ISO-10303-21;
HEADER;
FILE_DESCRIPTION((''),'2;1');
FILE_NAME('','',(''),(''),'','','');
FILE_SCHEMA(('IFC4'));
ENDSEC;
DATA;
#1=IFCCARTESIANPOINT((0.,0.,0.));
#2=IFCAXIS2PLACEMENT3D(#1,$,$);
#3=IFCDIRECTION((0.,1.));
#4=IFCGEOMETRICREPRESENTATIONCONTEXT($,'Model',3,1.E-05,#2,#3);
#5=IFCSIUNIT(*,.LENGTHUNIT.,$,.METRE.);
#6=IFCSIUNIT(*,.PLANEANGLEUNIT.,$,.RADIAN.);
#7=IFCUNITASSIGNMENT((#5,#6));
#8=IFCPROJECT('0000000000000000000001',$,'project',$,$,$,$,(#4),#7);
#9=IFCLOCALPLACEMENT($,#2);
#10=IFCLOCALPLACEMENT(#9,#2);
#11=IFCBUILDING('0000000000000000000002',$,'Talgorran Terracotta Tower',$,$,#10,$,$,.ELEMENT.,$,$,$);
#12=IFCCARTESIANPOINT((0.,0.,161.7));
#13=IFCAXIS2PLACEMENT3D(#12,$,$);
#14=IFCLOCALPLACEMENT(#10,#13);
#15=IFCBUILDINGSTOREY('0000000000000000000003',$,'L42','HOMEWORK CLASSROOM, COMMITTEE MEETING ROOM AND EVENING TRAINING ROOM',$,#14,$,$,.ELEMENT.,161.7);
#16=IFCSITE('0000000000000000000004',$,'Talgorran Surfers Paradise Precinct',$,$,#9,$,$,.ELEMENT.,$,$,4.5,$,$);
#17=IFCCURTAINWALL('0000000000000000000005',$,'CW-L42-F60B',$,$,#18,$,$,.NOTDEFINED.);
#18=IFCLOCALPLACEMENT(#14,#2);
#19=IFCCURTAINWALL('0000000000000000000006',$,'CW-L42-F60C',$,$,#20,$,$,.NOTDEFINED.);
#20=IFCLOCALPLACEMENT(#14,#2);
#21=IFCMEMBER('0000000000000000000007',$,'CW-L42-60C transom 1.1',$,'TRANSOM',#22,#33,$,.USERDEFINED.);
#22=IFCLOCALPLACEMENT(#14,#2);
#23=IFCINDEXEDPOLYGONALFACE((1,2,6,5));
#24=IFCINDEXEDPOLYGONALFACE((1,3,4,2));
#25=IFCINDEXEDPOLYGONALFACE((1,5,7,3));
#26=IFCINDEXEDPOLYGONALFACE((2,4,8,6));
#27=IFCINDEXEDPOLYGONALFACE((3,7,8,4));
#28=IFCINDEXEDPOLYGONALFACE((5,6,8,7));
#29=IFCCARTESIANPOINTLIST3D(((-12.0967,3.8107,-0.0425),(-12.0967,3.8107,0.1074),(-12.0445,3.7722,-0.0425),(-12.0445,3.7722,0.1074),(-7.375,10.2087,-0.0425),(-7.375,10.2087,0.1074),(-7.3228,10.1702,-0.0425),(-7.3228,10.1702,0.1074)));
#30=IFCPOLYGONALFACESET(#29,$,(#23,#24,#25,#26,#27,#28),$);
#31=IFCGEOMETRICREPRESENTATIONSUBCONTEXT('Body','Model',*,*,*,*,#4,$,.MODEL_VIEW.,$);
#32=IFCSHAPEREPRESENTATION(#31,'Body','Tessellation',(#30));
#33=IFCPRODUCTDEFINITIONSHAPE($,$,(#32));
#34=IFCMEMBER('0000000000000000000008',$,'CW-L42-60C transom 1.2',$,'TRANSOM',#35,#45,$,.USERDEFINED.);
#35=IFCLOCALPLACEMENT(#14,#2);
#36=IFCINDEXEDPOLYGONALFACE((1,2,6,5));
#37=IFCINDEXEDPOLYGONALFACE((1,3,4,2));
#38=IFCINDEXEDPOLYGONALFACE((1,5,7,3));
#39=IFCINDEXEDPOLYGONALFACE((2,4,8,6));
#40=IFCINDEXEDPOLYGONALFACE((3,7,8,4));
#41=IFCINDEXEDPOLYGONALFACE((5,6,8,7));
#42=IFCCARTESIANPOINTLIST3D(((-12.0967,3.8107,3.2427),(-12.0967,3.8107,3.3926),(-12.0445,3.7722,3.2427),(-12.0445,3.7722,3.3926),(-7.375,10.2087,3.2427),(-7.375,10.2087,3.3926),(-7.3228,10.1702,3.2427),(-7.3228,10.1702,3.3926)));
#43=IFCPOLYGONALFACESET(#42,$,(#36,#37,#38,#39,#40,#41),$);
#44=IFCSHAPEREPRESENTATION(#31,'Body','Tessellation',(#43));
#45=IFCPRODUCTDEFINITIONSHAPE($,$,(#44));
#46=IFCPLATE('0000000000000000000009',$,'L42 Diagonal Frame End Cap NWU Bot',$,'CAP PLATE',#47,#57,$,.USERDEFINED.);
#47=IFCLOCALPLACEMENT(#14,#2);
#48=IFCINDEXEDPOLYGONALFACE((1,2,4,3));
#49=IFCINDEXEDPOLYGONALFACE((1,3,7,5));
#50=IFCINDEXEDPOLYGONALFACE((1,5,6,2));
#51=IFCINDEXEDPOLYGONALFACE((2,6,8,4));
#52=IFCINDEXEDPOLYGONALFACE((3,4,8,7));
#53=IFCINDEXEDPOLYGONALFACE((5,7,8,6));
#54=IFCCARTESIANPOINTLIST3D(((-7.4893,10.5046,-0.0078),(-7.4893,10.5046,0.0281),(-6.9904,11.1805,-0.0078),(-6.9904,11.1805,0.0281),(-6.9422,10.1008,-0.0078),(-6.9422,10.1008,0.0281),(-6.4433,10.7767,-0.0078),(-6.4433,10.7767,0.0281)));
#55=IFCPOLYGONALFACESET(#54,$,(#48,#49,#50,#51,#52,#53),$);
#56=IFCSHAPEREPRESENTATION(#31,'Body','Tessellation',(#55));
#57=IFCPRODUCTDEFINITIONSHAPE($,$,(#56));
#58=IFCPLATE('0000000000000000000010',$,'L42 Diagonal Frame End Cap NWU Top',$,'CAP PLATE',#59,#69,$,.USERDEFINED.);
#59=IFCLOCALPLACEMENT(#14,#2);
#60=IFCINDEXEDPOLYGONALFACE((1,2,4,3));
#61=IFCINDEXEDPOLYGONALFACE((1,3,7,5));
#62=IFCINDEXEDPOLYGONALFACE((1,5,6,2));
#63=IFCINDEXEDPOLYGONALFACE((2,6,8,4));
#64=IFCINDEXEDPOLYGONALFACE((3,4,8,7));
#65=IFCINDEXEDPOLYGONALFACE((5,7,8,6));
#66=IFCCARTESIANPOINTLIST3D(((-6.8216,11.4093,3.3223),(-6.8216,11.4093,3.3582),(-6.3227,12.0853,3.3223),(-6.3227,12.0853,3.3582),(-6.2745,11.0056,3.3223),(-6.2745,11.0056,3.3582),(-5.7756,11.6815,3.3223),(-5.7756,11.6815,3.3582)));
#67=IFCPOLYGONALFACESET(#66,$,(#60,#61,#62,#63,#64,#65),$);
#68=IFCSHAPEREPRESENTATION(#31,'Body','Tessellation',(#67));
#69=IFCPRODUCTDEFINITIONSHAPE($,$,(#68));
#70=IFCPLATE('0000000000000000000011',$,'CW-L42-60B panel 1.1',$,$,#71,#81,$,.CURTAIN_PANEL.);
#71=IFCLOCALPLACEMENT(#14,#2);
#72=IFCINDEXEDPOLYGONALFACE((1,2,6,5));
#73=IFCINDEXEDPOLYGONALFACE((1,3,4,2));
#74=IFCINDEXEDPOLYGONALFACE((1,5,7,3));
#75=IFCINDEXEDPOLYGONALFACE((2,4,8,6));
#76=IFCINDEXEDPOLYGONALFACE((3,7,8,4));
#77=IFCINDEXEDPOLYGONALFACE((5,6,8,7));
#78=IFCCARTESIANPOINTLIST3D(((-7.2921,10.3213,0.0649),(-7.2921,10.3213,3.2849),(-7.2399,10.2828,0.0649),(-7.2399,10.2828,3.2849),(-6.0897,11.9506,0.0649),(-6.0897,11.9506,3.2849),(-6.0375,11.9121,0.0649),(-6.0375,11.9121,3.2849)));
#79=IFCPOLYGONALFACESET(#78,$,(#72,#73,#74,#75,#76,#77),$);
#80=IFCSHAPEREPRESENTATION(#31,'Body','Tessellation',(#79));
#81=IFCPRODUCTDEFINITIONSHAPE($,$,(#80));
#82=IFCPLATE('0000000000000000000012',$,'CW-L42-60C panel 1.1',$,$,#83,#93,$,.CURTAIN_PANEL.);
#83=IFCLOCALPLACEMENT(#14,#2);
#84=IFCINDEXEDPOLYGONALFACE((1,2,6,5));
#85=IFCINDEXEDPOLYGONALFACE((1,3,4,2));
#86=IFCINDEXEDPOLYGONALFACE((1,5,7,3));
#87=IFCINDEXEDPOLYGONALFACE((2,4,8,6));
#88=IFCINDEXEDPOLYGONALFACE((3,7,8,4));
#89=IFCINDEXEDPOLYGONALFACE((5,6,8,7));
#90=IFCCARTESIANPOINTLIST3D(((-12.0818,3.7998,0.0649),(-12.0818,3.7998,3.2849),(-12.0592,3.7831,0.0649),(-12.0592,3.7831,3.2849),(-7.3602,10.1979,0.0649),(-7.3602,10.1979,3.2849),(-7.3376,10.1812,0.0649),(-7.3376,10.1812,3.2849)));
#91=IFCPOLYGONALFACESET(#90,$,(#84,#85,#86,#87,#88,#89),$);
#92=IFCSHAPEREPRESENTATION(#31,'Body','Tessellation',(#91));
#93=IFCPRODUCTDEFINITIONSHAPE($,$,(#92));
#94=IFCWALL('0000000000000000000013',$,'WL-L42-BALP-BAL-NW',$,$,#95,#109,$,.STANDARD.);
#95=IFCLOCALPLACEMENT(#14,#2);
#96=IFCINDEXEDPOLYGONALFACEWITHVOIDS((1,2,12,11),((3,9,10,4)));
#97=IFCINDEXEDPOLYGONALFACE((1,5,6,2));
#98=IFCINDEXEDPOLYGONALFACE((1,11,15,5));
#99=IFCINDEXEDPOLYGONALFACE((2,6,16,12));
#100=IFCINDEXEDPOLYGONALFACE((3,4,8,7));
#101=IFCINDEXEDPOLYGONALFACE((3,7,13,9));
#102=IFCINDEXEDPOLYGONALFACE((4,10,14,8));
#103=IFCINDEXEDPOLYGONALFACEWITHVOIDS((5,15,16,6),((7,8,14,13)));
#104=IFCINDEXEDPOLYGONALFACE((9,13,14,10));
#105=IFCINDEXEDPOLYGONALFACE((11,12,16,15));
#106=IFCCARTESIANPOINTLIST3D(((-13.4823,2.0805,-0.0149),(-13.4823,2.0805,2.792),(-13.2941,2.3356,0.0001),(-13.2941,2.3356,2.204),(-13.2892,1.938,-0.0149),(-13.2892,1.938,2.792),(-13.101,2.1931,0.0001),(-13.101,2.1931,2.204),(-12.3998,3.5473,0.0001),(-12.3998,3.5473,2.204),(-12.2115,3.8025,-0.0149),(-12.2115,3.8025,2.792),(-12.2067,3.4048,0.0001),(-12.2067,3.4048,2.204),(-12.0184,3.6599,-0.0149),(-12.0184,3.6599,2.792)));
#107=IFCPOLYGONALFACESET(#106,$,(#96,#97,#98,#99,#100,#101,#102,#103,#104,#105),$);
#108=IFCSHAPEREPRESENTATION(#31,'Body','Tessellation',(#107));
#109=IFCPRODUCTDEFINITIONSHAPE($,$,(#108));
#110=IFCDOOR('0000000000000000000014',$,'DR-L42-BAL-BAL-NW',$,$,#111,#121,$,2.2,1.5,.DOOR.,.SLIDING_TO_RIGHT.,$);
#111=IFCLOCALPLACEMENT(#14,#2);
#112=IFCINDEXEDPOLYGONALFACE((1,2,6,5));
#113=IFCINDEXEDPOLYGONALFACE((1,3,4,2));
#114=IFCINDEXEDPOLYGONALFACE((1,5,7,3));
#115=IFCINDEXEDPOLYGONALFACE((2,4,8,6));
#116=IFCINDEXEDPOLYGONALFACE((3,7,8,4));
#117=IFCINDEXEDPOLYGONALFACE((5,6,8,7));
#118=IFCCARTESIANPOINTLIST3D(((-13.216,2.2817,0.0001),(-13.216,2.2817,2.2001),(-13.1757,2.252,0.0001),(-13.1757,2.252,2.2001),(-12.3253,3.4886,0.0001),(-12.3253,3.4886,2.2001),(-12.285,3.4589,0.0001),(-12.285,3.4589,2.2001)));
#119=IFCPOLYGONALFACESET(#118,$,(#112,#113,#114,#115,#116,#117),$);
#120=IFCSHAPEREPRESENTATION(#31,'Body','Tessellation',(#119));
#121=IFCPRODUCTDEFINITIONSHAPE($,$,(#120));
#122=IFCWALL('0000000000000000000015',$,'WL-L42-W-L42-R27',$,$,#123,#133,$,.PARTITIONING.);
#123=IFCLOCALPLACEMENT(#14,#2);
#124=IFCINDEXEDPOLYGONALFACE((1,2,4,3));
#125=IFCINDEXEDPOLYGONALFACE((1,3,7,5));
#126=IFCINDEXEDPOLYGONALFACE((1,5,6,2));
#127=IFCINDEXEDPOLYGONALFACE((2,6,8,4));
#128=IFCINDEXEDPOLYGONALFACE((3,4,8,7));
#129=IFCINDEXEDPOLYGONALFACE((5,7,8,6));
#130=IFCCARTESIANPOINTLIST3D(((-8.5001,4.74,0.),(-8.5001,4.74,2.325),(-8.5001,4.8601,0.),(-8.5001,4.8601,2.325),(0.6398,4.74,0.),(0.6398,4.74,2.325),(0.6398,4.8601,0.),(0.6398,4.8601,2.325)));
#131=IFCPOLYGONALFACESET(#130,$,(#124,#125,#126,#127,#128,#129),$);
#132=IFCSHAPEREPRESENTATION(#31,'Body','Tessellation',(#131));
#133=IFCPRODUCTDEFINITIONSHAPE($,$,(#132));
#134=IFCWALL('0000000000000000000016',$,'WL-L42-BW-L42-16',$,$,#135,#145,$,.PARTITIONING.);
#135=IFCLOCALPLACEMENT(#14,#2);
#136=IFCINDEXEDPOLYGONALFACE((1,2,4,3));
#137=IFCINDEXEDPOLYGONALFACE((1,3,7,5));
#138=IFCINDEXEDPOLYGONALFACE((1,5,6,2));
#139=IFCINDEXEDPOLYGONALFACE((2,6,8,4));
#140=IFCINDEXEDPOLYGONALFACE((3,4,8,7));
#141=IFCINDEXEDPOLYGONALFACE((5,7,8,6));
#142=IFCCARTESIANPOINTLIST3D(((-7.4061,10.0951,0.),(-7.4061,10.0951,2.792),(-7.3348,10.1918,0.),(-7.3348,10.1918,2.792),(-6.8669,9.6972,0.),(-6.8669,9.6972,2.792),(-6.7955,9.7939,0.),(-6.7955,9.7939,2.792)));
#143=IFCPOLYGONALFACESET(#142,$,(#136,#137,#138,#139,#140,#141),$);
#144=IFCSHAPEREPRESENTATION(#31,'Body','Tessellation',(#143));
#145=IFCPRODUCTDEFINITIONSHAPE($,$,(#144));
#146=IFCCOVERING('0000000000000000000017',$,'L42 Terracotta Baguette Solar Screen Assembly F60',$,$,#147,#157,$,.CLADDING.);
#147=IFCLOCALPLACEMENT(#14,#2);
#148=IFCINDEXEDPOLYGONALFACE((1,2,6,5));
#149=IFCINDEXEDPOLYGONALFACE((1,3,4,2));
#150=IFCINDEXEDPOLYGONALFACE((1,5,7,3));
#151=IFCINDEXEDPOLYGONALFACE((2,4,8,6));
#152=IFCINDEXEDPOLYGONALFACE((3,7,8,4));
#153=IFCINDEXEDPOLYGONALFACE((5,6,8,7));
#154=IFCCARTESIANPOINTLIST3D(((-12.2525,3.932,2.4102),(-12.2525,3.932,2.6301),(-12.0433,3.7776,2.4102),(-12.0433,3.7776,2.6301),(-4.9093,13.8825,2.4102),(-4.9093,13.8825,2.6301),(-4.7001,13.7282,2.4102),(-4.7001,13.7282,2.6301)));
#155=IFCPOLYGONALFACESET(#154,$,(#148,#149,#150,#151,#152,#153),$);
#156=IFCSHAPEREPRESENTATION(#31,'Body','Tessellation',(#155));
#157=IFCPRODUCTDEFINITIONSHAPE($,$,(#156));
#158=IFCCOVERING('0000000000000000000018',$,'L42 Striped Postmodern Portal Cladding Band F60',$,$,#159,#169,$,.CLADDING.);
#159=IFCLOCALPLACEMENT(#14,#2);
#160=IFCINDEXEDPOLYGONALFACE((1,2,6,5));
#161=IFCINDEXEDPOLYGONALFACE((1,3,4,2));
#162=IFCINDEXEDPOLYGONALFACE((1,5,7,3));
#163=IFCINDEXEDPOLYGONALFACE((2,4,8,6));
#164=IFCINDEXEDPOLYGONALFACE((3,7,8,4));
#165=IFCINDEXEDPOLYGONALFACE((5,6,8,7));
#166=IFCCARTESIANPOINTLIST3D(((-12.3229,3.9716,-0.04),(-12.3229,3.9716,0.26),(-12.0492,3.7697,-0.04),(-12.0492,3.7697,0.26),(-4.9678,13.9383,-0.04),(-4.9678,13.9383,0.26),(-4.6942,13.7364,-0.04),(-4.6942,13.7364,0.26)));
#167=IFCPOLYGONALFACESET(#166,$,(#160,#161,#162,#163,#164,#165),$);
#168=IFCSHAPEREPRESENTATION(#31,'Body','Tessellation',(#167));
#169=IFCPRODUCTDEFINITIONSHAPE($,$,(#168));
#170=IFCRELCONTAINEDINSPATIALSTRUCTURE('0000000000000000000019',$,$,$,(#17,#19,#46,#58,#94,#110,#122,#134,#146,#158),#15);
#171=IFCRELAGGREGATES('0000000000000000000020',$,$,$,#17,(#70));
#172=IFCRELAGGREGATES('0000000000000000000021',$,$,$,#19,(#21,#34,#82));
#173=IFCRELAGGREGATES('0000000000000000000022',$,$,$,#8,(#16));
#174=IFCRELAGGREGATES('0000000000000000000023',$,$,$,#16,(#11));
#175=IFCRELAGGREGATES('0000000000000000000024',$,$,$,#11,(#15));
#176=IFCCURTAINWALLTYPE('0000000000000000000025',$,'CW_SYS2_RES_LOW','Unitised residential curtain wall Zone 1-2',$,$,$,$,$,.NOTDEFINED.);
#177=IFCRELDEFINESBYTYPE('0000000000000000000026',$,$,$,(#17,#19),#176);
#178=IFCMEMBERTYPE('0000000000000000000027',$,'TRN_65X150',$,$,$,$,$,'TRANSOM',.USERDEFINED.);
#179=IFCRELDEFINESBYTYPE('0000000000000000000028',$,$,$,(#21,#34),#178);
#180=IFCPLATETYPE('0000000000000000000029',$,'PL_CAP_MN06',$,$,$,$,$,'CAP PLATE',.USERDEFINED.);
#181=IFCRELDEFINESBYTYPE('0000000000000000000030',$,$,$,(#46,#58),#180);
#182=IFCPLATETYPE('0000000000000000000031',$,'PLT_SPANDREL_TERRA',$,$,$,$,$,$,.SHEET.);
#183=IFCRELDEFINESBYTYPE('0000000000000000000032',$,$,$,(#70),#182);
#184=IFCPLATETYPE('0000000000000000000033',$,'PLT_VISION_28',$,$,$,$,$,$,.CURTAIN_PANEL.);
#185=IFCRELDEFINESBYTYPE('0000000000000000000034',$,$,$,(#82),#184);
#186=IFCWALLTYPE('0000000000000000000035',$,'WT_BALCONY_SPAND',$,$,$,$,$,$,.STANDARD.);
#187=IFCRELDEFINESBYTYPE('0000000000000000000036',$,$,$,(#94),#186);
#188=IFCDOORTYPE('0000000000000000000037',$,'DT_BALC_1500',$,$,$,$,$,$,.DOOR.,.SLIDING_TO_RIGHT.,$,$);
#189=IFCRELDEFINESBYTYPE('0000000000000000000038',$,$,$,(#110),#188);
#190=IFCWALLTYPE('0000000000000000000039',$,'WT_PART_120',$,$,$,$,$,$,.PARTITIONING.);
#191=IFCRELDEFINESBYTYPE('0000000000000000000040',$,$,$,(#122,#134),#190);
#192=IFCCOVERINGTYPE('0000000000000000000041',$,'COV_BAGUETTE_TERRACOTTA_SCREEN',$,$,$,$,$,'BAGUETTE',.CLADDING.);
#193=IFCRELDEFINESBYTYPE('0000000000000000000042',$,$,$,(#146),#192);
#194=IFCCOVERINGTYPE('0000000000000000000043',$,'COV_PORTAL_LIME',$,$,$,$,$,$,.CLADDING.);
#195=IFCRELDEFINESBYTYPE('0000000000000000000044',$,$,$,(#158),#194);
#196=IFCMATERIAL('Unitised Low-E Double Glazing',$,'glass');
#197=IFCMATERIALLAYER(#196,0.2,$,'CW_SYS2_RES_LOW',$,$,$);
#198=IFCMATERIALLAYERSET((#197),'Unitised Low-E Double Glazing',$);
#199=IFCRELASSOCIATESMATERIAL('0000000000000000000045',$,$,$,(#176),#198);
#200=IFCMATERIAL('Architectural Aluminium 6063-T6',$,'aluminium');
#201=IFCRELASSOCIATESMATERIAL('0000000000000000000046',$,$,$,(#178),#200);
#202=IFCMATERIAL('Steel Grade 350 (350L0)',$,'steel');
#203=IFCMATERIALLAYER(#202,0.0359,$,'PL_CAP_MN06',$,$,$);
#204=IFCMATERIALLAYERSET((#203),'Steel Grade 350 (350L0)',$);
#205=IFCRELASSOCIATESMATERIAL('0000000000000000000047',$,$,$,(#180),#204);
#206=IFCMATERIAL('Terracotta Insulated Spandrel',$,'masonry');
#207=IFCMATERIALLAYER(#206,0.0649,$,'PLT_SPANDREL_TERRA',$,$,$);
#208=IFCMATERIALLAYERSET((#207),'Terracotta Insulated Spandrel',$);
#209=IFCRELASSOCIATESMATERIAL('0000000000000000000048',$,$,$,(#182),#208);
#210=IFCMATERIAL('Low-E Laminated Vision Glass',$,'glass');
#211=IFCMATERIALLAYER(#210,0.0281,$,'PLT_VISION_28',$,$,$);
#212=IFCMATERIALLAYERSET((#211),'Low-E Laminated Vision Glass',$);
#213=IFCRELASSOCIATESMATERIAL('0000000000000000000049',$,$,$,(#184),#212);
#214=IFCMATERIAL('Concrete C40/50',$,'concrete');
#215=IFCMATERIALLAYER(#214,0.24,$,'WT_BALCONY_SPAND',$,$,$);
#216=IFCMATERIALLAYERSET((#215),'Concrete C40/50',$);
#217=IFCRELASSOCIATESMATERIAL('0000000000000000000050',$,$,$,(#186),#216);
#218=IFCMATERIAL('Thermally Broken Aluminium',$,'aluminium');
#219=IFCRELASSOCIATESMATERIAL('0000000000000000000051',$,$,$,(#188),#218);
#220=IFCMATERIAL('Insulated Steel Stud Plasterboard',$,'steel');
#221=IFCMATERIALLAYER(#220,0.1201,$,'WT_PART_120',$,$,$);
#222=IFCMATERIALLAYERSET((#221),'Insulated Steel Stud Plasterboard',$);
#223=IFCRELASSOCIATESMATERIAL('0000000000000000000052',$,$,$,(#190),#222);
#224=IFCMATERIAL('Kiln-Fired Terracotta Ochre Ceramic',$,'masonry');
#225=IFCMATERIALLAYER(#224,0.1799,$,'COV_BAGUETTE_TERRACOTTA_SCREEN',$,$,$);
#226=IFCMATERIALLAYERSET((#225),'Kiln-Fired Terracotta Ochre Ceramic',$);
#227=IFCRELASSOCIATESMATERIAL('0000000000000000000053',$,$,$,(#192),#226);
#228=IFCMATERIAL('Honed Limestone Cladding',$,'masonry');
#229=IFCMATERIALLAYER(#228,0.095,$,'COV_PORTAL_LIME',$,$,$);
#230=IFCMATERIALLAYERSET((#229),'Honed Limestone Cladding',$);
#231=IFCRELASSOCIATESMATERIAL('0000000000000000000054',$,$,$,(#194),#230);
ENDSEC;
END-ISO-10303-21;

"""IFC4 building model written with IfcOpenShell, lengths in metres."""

from ifc_helpers import new_model, si_unit, direction, frame, frame_2d, origin, origin_2d, place, context, subcontext, project, spatial, rectangle, extrude, source, transform, mapped, material, layer, layer_set, material_profile, profile_set, type_object, type_shapes, element, fill, aggregate, save


model = new_model("IFC4")

# Units and contexts
model_context = context("Model", 3, precision=1e-05, world=origin(), true_north=direction((0.0, 1.0)))
body_context = subcontext(model_context, "Body", "Model", "MODEL_VIEW")
ifc_project = project(units=[si_unit("LENGTHUNIT", "METRE"), si_unit("PLANEANGLEUNIT", "RADIAN")], contexts=[model_context])

# Site, building, storey
site_placement = place(None, origin())
site = spatial("IfcSite", under=ifc_project, at=site_placement, Name="Talgorran Surfers Paradise Precinct", CompositionType="ELEMENT", RefElevation=4.5)
building_placement = place(site_placement, origin())
building = spatial("IfcBuilding", under=site, at=building_placement, Name="Talgorran Terracotta Tower", CompositionType="ELEMENT")
storey_placement = place(building_placement, frame((0.0, 0.0, 161.7)))
storey = spatial("IfcBuildingStorey", under=building, at=storey_placement, Name="L42", Description="HOMEWORK CLASSROOM, COMMITTEE MEETING ROOM AND EVENING TRAINING ROOM", CompositionType="ELEMENT", Elevation=161.7)

# Shared definitions
ifc_material_1 = material(Name="Steel Grade 350 (350L0)", Category="steel")

# Curtain wall
ifc_material_2 = material(Name="Unitised Low-E Double Glazing", Category="glass")
ifc_layer_1 = layer(ifc_material_2, 0.2, Name="CW_SYS2_RES_LOW")
ifc_layer_set_1 = layer_set([ifc_layer_1], Name="Unitised Low-E Double Glazing")
curtain_wall_type = type_object("IfcCurtainWallType", Name="CW_SYS2_RES_LOW", Description="Unitised residential curtain wall Zone 1-2", PredefinedType="NOTDEFINED", material=ifc_layer_set_1)
curtain_wall_1_placement = place(storey_placement, origin())
curtain_wall_1 = element("IfcCurtainWall", 1, at=curtain_wall_1_placement, inside=storey, type_object=curtain_wall_type, Name="CW-L42-F60B", PredefinedType="NOTDEFINED")
ifc_material_3 = material(Name="Architectural Aluminium 6063-T6", Category="aluminium")

# Curtain wall
curtain_wall_2_placement = place(storey_placement, origin())
curtain_wall_2 = element("IfcCurtainWall", 2, at=curtain_wall_2_placement, inside=storey, type_object=curtain_wall_type, Name="CW-L42-F60C", PredefinedType="NOTDEFINED")

# Members
ifc_material_profile_1 = material_profile(ifc_material_3, rectangle(XDim=0.0649, YDim=0.1499, at=origin_2d()), Name="CWT65X150")
ifc_profile_set_1 = profile_set([ifc_material_profile_1], Name="Architectural Aluminium 6063-T6")
member_type_1 = type_object("IfcMemberType", Name="TRN_65X150", ElementType="TRANSOM", PredefinedType="USERDEFINED", material=ifc_profile_set_1)
member_1_placement = place(storey_placement, frame((-7.3489, 10.1895, 0.0325), z_axis=(-0.593802, -0.804611, 0.0), x_axis=(0.804611, -0.593802, 0.0)))
member_1 = element("IfcMember", 3, at=member_1_placement, type_object=member_type_1, Name="CW-L42-60C transom 1.1", ObjectType="TRANSOM", PredefinedType="USERDEFINED", context=body_context, shape_type="SweptSolid", body=[
    extrude(rectangle(XDim=0.0649, YDim=0.1499, at=origin_2d()), origin(), (0.0, 0.0, 1.0), 7.9517),
])
member_2_placement = place(storey_placement, frame((-7.3489, 10.1895, 3.3176), z_axis=(-0.593802, -0.804611, 0.0), x_axis=(0.804611, -0.593802, 0.0)))
member_2 = element("IfcMember", 4, at=member_2_placement, type_object=member_type_1, Name="CW-L42-60C transom 1.2", ObjectType="TRANSOM", PredefinedType="USERDEFINED", context=body_context, shape_type="SweptSolid", body=[
    extrude(rectangle(XDim=0.0649, YDim=0.1499, at=origin_2d()), origin(), (0.0, 0.0, 1.0), 7.9517),
])

# Plates
ifc_layer_2 = layer(ifc_material_1, 0.0359, Name="PL_CAP_MN06")
ifc_layer_set_2 = layer_set([ifc_layer_2], Name="Steel Grade 350 (350L0)")
plate_type_1 = type_object("IfcPlateType", Name="PL_CAP_MN06", ElementType="CAP PLATE", PredefinedType="USERDEFINED", material=ifc_layer_set_2)
for number, where, z_axis, x_axis, name in (
    (5, (-6.9663, 10.6406, -0.0078), (0.0, 0.0, 1.0), (0.59384, 0.804583, 0.0), "L42 Diagonal Frame End Cap NWU Bot"),
    (6, (-6.2986, 11.5454, 3.3223), (0.0, 0.0, 1.0), (0.59384, 0.804583, 0.0), "L42 Diagonal Frame End Cap NWU Top"),
):
    element("IfcPlate", number, at=place(storey_placement, frame(where, z_axis=z_axis, x_axis=x_axis)), inside=storey, type_object=plate_type_1, Name=name, ObjectType="CAP PLATE", PredefinedType="USERDEFINED", context=body_context, shape_type="SweptSolid", body=[
        extrude(rectangle(XDim=0.8401, YDim=0.6799, at=origin_2d()), origin(), (0.0, 0.0, 1.0), 0.0359),
    ])

# Plates
ifc_material_4 = material(Name="Terracotta Insulated Spandrel", Category="masonry")
ifc_layer_3 = layer(ifc_material_4, 0.0649, Name="PLT_SPANDREL_TERRA")
ifc_layer_set_3 = layer_set([ifc_layer_3], Name="Terracotta Insulated Spandrel")
plate_type_2 = type_object("IfcPlateType", Name="PLT_SPANDREL_TERRA", PredefinedType="SHEET", material=ifc_layer_set_3)
shared_shape_1 = source(origin(), body_context, "Body", "SweptSolid", [
    extrude(rectangle(XDim=2.0249, YDim=0.0649, at=origin_2d()), origin(), (0.0, 0.0, 1.0), 3.22),
])
type_shapes(plate_type_2, [shared_shape_1])
plate_1_placement = place(storey_placement, frame((-6.6648, 11.1167, 0.0649), z_axis=(0.0, 0.0, 1.0), x_axis=(-0.593797, -0.804615, 0.0)))
plate_1 = element("IfcPlate", 7, at=plate_1_placement, type_object=plate_type_2, Name="CW-L42-60B panel 1.1", PredefinedType="CURTAIN_PANEL", context=body_context, shape_type="MappedRepresentation", body=[
    mapped(shared_shape_1, transform((0.0, 0.0, 0.0), scale=1.0)),
])
aggregate(curtain_wall_1, [plate_1])
ifc_material_5 = material(Name="Low-E Laminated Vision Glass", Category="glass")
ifc_layer_4 = layer(ifc_material_5, 0.0281, Name="PLT_VISION_28")
ifc_layer_set_4 = layer_set([ifc_layer_4], Name="Low-E Laminated Vision Glass")
plate_type_3 = type_object("IfcPlateType", Name="PLT_VISION_28", PredefinedType="CURTAIN_PANEL", material=ifc_layer_set_4)
shared_shape_2 = source(origin(), body_context, "Body", "SweptSolid", [
    extrude(rectangle(XDim=7.9517, YDim=0.0281, at=origin_2d()), origin(), (0.0, 0.0, 1.0), 3.22),
])
type_shapes(plate_type_3, [shared_shape_2])
plate_2_placement = place(storey_placement, frame((-9.7097, 6.9905, 0.0649), z_axis=(0.0, 0.0, 1.0), x_axis=(-0.593785, -0.804624, 0.0)))
plate_2 = element("IfcPlate", 8, at=plate_2_placement, type_object=plate_type_3, Name="CW-L42-60C panel 1.1", PredefinedType="CURTAIN_PANEL", context=body_context, shape_type="MappedRepresentation", body=[
    mapped(shared_shape_2, transform((0.0, 0.0, 0.0), scale=1.0)),
])
aggregate(curtain_wall_2, [member_1, member_2, plate_2])

# Wall, opening, door
ifc_material_6 = material(Name="Concrete C40/50", Category="concrete")
ifc_layer_5 = layer(ifc_material_6, 0.24, Name="WT_BALCONY_SPAND")
ifc_layer_set_5 = layer_set([ifc_layer_5], Name="Concrete C40/50")
wall_type_1 = type_object("IfcWallType", Name="WT_BALCONY_SPAND", PredefinedType="STANDARD", material=ifc_layer_set_5)
wall_1_placement = place(storey_placement, frame((-12.115, 3.7312, -0.0149), z_axis=(0.0, 0.0, 1.0), x_axis=(-0.593794, -0.804617, 0.0)))
wall_1 = element("IfcWall", 9, at=wall_1_placement, inside=storey, type_object=wall_type_1, Name="WL-L42-BALP-BAL-NW", PredefinedType="STANDARD", context=body_context, shape_type="SweptSolid", body=[
    extrude(rectangle(XDim=2.1401, YDim=0.24, at=frame_2d((1.0701, 0.0))), origin(), (0.0, 0.0, 1.0), 2.8069),
])
opening_placement = place(wall_1_placement, frame((0.3201, 0.0, 0.0149)))
opening = element("IfcOpeningElement", 10, at=opening_placement, cuts=wall_1, PredefinedType="OPENING", context=body_context, shape_type="SweptSolid", body=[
    extrude(rectangle(XDim=1.506, YDim=2.204, at=frame_2d((0.75, 1.1021))), frame((0.0, 0.1299, 0.0), z_axis=(0.0, -1.0, 0.0), x_axis=(1.0, 0.0, 0.0)), (0.0, 0.0, 1.0), 0.26),
])
ifc_material_7 = material(Name="Thermally Broken Aluminium", Category="aluminium")
door_type = type_object("IfcDoorType", Name="DT_BALC_1500", OperationType="SLIDING_TO_RIGHT", PredefinedType="DOOR", material=ifc_material_7)
door_placement = place(opening_placement, origin())
door = element("IfcDoor", 11, at=door_placement, inside=storey, type_object=door_type, Name="DR-L42-BAL-BAL-NW", OperationType="SLIDING_TO_RIGHT", OverallHeight=2.2, OverallWidth=1.5, PredefinedType="DOOR", context=body_context, shape_type="SweptSolid", body=[
    extrude(rectangle(XDim=1.5, YDim=2.2, at=frame_2d((0.75, 1.1001))), frame((0.0, 0.0249, 0.0), z_axis=(0.0, -1.0, 0.0), x_axis=(1.0, 0.0, 0.0)), (0.0, 0.0, 1.0), 0.05),
])
fill(opening, door)

# Walls
ifc_material_8 = material(Name="Insulated Steel Stud Plasterboard", Category="steel")
ifc_layer_6 = layer(ifc_material_8, 0.1201, Name="WT_PART_120")
ifc_layer_set_6 = layer_set([ifc_layer_6], Name="Insulated Steel Stud Plasterboard")
wall_type_2 = type_object("IfcWallType", Name="WT_PART_120", PredefinedType="PARTITIONING", material=ifc_layer_set_6)
wall_2_placement = place(storey_placement, frame((-8.5, 4.8, 0.0), z_axis=(0.0, 0.0, 1.0), x_axis=(1.0, 0.0, 0.0)))
element("IfcWall", 12, at=wall_2_placement, inside=storey, type_object=wall_type_2, Name="WL-L42-W-L42-R27", PredefinedType="PARTITIONING", context=body_context, shape_type="SweptSolid", body=[
    extrude(rectangle(XDim=9.1399, YDim=0.1201, at=frame_2d((4.5698, 0.0))), origin(), (0.0, 0.0, 1.0), 2.325),
])
wall_3_placement = place(storey_placement, frame((-6.8313, 9.7456, 0.0), z_axis=(0.0, 0.0, 1.0), x_axis=(-0.804653, 0.593746, 0.0)))
element("IfcWall", 13, at=wall_3_placement, inside=storey, type_object=wall_type_2, Name="WL-L42-BW-L42-16", PredefinedType="PARTITIONING", context=body_context, shape_type="SweptSolid", body=[
    extrude(rectangle(XDim=0.6702, YDim=0.1201, at=frame_2d((0.335, 0.0))), origin(), (0.0, 0.0, 1.0), 2.792),
])

# Coverings
ifc_material_9 = material(Name="Kiln-Fired Terracotta Ochre Ceramic", Category="masonry")
ifc_layer_7 = layer(ifc_material_9, 0.1799, Name="COV_BAGUETTE_TERRACOTTA_SCREEN")
ifc_layer_set_7 = layer_set([ifc_layer_7], Name="Kiln-Fired Terracotta Ochre Ceramic")
covering_type_1 = type_object("IfcCoveringType", Name="COV_BAGUETTE_TERRACOTTA_SCREEN", ElementType="BAGUETTE", PredefinedType="CLADDING", material=ifc_layer_set_7)
covering_1_placement = place(storey_placement, frame((-8.4763, 8.8301, 2.4102), z_axis=(0.0, 0.0, 1.0), x_axis=(-0.593784, -0.804624, 0.0)))
element("IfcCovering", 14, at=covering_1_placement, inside=storey, type_object=covering_type_1, Name="L42 Terracotta Baguette Solar Screen Assembly F60", PredefinedType="CLADDING", context=body_context, shape_type="SweptSolid", body=[
    extrude(rectangle(XDim=12.3667, YDim=0.26, at=origin_2d()), origin(), (0.0, 0.0, 1.0), 0.22),
])
ifc_material_10 = material(Name="Honed Limestone Cladding", Category="masonry")
ifc_layer_8 = layer(ifc_material_10, 0.095, Name="COV_PORTAL_LIME")
ifc_layer_set_8 = layer_set([ifc_layer_8], Name="Honed Limestone Cladding")
covering_type_2 = type_object("IfcCoveringType", Name="COV_PORTAL_LIME", PredefinedType="CLADDING", material=ifc_layer_set_8)
covering_2_placement = place(storey_placement, frame((-8.5085, 8.854, -0.04), z_axis=(0.0, 0.0, 1.0), x_axis=(-0.593784, -0.804624, 0.0)))
element("IfcCovering", 15, at=covering_2_placement, inside=storey, type_object=covering_type_2, Name="L42 Striped Postmodern Portal Cladding Band F60", PredefinedType="CLADDING", context=body_context, shape_type="SweptSolid", body=[
    extrude(rectangle(XDim=12.3867, YDim=0.3401, at=origin_2d()), origin(), (0.0, 0.0, 1.0), 0.3),
])

save(model, "model.ifc")
